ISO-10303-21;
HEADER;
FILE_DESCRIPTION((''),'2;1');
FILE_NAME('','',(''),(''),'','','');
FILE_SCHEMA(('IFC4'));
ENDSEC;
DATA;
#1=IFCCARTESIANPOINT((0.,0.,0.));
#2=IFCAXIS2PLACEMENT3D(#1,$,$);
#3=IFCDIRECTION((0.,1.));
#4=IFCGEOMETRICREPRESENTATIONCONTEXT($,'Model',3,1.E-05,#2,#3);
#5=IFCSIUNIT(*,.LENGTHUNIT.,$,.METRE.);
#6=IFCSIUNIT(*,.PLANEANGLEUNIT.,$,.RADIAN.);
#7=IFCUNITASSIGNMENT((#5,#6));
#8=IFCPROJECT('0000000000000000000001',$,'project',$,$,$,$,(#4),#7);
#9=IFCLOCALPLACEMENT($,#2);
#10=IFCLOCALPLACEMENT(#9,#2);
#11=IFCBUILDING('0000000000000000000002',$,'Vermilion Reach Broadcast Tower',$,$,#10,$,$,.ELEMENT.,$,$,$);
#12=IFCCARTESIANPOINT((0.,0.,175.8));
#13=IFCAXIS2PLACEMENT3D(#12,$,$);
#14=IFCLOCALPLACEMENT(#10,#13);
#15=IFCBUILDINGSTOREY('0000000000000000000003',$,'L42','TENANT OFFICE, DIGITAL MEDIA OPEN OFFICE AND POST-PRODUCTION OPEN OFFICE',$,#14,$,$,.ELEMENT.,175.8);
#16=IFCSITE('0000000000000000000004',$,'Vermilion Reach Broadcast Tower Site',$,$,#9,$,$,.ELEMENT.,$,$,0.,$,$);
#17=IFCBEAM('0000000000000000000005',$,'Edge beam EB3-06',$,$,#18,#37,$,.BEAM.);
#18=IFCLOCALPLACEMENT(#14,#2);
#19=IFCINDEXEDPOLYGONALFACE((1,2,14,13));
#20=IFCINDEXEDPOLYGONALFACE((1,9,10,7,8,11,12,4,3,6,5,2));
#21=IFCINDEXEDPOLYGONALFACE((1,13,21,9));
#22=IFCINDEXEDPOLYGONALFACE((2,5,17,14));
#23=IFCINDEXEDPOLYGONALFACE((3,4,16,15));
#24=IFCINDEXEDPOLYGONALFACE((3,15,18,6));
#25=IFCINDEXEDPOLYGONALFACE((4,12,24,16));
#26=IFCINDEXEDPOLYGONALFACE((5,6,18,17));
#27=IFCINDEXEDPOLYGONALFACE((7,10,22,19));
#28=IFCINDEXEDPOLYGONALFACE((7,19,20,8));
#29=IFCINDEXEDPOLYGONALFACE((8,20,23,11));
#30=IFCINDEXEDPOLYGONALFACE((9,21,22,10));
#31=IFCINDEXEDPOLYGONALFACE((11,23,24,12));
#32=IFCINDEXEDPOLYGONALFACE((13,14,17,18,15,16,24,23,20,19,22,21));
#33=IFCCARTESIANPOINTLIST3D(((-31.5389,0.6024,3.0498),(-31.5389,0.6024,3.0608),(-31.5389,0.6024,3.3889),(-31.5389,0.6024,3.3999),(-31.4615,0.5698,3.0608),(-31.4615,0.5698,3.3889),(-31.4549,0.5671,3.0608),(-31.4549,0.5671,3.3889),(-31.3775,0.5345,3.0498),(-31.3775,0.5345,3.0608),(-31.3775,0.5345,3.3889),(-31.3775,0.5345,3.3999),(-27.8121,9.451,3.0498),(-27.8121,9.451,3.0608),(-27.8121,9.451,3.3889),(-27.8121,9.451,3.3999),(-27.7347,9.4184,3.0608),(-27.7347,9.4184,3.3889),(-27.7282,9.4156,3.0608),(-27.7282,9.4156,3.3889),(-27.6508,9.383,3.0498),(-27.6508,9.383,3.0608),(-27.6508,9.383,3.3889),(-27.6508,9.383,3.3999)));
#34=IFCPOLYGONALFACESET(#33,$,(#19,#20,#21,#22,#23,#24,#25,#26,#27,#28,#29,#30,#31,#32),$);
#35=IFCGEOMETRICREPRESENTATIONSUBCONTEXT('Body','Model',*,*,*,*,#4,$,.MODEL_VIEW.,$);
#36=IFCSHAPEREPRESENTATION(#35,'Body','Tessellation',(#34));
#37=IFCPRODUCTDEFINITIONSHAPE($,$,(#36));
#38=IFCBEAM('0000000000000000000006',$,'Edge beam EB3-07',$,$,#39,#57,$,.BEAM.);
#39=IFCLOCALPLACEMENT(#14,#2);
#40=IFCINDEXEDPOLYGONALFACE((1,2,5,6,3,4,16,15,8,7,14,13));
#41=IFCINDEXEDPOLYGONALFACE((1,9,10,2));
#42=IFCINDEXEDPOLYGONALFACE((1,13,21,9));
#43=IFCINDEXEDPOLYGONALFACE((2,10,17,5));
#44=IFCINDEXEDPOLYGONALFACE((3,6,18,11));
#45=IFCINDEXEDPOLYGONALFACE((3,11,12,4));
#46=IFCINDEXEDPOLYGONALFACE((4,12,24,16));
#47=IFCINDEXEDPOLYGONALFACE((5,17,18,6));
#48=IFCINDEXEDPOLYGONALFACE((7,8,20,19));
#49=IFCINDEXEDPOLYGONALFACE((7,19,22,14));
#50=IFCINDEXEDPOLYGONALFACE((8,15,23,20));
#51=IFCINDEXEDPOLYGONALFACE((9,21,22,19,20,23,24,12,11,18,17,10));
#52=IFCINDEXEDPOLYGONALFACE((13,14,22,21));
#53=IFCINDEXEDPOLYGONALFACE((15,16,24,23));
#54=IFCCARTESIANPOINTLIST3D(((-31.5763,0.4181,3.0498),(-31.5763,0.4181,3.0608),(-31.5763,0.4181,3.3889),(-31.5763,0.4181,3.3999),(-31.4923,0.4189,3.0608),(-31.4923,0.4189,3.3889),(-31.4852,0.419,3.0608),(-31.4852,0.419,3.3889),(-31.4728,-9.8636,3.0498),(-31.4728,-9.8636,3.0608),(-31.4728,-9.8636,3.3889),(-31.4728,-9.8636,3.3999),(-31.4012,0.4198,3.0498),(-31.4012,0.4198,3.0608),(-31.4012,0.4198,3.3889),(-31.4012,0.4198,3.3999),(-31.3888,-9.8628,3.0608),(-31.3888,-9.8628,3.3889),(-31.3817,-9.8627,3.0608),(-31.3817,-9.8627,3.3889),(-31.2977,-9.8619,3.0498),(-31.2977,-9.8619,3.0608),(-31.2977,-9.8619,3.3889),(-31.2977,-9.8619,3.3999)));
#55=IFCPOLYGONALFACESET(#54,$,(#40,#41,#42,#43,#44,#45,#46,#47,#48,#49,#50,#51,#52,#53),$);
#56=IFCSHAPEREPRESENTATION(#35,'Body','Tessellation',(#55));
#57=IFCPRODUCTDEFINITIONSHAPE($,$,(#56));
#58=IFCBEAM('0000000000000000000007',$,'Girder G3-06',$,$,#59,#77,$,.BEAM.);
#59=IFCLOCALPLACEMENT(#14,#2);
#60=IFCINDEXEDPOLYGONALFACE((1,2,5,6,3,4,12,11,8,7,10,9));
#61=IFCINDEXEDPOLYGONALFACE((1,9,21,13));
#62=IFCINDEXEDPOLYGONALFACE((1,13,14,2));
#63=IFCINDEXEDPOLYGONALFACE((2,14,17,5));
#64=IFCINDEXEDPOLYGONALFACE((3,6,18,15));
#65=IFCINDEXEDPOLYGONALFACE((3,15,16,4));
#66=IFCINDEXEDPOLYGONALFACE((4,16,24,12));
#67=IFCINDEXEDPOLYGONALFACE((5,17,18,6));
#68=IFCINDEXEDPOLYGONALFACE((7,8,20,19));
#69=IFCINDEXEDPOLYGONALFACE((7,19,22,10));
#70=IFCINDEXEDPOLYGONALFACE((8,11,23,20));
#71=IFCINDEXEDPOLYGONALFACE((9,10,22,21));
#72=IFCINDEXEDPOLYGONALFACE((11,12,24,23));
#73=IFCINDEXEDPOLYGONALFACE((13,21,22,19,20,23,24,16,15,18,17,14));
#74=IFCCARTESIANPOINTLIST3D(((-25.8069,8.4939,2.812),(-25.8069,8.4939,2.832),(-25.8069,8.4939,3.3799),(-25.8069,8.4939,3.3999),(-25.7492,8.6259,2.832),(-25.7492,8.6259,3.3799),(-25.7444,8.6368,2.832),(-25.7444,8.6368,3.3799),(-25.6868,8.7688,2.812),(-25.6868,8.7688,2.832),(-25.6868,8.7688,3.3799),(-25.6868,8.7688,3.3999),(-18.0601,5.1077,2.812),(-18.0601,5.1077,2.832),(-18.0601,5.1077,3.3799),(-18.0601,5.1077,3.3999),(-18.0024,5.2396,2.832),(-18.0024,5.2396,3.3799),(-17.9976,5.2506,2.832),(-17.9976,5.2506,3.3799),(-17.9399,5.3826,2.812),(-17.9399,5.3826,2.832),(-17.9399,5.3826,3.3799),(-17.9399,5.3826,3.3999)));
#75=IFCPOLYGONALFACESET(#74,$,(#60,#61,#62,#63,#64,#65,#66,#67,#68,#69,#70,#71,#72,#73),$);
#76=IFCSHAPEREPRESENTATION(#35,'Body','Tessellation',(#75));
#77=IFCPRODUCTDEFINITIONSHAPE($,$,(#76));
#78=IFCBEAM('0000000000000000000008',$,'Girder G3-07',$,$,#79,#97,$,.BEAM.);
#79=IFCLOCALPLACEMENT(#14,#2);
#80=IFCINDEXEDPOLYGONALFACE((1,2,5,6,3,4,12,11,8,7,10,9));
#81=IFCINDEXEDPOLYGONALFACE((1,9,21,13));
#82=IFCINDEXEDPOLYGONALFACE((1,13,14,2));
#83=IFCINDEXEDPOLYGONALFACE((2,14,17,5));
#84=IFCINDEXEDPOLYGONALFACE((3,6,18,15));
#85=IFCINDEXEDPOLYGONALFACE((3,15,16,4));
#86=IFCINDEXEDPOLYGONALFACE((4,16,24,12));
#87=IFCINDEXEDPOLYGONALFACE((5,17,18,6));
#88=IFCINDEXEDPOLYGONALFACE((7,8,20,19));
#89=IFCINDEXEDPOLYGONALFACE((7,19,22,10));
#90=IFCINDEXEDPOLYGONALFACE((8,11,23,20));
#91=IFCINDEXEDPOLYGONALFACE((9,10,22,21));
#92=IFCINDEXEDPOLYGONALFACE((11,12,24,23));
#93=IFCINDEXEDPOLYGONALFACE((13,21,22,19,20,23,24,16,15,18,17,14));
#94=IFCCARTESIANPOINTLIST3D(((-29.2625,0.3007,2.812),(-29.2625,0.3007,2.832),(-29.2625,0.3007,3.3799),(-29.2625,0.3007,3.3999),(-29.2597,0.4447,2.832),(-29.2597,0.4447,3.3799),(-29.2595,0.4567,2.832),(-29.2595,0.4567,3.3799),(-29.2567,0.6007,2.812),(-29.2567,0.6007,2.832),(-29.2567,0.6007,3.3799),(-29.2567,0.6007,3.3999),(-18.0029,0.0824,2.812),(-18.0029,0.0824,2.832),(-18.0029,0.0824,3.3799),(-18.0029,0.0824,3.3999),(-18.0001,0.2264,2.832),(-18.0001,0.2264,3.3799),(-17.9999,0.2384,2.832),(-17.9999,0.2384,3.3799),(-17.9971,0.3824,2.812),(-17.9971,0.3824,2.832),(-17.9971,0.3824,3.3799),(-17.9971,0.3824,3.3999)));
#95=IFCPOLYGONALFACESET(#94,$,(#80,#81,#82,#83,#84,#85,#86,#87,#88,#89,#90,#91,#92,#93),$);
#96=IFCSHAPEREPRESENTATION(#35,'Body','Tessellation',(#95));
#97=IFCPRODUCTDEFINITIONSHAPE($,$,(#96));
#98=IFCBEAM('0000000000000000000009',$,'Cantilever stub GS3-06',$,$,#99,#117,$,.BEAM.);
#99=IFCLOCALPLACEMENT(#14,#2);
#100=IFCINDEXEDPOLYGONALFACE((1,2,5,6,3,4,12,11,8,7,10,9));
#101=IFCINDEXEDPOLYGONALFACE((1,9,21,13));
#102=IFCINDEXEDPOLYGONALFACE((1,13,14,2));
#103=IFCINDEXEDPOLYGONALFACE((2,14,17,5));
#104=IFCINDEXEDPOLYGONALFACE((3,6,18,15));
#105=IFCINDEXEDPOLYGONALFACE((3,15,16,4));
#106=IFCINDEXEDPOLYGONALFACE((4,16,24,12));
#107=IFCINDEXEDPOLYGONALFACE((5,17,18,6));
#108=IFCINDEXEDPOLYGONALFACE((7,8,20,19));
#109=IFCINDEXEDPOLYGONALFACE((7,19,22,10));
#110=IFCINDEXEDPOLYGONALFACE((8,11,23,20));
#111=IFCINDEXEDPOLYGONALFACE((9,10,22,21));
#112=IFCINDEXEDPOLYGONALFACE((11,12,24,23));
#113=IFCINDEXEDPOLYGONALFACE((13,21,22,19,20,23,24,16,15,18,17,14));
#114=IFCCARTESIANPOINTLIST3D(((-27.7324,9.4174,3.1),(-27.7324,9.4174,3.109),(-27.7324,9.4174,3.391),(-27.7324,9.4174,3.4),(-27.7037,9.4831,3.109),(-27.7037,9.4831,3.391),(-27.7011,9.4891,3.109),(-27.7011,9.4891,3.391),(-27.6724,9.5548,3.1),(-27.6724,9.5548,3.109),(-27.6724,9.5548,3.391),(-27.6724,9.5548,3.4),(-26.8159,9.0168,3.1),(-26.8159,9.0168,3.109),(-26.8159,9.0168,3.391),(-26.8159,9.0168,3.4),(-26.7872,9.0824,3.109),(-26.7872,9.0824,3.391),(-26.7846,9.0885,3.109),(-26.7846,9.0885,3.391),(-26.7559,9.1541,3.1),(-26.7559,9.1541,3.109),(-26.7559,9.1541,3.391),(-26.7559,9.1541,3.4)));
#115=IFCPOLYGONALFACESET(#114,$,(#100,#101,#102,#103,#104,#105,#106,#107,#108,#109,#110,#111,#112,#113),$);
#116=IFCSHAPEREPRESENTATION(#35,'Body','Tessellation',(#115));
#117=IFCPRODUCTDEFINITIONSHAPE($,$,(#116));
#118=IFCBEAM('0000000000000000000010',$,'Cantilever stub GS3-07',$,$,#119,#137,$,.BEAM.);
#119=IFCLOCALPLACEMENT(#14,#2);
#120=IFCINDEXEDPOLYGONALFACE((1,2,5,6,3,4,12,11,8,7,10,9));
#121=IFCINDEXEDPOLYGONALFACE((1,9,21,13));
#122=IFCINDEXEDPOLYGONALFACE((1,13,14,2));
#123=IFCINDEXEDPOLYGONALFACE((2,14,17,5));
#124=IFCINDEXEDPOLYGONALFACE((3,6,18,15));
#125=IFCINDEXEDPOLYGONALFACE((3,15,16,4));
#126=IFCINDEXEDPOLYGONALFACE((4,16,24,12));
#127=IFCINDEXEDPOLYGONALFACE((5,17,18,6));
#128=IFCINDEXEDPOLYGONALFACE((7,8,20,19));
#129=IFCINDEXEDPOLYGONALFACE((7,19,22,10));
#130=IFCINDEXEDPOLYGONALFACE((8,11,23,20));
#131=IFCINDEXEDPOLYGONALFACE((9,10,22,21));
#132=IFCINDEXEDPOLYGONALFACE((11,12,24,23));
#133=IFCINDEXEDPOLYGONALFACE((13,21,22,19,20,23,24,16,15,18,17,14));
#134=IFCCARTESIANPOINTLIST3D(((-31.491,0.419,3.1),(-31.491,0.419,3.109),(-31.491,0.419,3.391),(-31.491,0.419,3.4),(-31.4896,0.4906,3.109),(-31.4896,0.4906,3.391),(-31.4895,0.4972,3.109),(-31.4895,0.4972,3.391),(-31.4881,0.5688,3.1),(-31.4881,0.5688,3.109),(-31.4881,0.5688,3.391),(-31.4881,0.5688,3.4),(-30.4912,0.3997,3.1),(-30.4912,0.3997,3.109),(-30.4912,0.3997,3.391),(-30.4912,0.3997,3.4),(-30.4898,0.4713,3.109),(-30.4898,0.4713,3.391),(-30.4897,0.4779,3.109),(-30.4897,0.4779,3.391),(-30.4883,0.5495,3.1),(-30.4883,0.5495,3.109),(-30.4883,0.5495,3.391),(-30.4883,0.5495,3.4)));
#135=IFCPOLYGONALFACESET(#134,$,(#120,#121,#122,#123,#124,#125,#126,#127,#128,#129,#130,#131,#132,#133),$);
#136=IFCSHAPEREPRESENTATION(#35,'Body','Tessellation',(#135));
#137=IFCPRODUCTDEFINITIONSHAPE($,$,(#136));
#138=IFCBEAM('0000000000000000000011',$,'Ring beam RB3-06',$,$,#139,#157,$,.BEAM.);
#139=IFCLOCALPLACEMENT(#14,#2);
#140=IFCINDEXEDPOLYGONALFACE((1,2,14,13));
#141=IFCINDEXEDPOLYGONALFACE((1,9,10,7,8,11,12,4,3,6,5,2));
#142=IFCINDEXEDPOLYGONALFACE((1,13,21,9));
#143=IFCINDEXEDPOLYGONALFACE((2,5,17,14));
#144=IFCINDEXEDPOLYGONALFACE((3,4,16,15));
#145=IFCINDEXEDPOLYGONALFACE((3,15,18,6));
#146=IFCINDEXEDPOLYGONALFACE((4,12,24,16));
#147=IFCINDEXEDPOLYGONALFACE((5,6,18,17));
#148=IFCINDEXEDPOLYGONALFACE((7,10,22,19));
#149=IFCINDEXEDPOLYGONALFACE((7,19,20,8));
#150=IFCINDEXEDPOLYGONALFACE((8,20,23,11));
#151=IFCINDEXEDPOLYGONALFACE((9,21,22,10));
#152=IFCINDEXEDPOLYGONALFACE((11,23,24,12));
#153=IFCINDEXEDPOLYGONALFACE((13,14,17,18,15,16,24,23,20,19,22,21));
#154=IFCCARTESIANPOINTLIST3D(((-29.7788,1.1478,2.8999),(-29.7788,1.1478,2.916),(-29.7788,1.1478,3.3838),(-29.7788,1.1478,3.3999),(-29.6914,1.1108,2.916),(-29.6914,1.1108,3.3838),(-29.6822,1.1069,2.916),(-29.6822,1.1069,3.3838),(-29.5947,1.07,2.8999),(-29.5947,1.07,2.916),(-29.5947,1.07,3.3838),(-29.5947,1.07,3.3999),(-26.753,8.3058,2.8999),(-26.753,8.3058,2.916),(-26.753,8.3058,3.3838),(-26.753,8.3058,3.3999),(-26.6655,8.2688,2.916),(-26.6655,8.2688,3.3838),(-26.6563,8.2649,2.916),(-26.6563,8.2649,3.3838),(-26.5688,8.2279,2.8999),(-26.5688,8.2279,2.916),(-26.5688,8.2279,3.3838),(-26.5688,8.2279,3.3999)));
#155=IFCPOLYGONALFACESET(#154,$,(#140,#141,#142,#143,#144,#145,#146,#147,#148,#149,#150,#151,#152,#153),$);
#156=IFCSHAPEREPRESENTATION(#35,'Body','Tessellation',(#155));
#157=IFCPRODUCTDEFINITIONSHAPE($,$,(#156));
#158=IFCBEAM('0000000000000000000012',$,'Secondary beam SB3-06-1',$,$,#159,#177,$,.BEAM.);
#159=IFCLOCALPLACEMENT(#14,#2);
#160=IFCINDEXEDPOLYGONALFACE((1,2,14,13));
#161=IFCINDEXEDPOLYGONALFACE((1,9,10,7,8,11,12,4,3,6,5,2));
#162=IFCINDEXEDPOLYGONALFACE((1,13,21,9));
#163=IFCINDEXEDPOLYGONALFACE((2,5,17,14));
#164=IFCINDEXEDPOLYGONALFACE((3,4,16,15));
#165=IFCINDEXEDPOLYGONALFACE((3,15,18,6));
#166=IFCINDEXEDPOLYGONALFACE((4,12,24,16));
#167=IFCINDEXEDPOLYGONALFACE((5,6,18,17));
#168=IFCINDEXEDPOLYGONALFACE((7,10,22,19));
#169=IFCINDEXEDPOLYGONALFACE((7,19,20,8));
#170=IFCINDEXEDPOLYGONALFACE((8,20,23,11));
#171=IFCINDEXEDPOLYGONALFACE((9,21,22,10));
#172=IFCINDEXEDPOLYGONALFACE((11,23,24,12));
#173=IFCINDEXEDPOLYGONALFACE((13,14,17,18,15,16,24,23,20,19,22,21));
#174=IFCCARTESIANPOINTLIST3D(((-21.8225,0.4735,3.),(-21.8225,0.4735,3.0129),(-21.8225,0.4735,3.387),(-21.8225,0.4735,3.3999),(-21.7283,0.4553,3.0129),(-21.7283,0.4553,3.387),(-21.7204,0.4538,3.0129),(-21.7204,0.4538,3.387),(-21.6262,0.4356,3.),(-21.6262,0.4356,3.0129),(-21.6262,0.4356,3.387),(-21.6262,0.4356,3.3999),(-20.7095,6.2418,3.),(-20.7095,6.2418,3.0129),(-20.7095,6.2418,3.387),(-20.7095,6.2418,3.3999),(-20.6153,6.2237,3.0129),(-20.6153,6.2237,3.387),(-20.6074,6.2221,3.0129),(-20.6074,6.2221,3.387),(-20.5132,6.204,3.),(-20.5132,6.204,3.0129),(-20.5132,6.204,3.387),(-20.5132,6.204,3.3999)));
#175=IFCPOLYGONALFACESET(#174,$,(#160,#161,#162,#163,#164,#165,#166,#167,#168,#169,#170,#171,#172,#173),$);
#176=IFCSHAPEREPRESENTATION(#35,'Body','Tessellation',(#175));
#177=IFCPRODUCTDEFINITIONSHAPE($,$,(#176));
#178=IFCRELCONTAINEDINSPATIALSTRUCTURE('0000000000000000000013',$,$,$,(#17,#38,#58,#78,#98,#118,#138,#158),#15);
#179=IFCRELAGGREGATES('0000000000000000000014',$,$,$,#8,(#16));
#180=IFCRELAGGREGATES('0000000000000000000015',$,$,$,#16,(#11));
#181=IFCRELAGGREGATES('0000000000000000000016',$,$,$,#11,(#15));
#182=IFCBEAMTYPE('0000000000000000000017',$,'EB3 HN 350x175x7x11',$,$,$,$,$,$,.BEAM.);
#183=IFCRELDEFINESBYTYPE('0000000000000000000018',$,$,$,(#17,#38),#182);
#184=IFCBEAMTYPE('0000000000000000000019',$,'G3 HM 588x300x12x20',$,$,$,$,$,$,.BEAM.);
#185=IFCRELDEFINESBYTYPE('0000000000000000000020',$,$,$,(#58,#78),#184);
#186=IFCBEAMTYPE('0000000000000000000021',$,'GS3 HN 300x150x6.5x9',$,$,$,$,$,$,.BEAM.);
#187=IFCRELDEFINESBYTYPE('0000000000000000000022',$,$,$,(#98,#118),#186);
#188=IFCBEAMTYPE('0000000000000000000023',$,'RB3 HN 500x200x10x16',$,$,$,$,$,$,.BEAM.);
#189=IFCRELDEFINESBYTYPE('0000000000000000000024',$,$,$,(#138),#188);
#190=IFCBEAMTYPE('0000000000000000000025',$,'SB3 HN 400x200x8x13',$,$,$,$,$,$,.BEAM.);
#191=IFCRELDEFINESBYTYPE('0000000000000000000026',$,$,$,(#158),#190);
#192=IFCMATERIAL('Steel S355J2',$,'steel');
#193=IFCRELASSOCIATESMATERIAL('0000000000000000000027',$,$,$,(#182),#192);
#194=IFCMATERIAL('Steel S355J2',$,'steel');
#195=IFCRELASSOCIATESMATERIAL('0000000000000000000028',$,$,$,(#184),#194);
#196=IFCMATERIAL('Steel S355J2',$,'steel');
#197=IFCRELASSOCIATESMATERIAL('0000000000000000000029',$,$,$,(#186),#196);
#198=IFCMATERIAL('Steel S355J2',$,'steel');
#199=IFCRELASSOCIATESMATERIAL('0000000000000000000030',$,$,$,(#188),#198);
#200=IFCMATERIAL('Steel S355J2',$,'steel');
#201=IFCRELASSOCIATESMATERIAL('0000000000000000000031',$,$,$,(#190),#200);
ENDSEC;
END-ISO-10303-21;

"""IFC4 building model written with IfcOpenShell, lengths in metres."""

from ifc_helpers import new_model, si_unit, direction, frame, origin, origin_2d, place, context, subcontext, project, spatial, i_section, extrude, material, material_profile, profile_set, type_object, element, save


model = new_model("IFC4")

# Units and contexts
model_context = context("Model", 3, precision=1e-05, world=origin(), true_north=direction((0.0, 1.0)))
body_context = subcontext(model_context, "Body", "Model", "MODEL_VIEW")
ifc_project = project(units=[si_unit("LENGTHUNIT", "METRE"), si_unit("PLANEANGLEUNIT", "RADIAN")], contexts=[model_context])

# Site, building, storey
site_placement = place(None, origin())
site = spatial("IfcSite", under=ifc_project, at=site_placement, Name="Vermilion Reach Broadcast Tower Site", CompositionType="ELEMENT", RefElevation=0.0)
building_placement = place(site_placement, origin())
building = spatial("IfcBuilding", under=site, at=building_placement, Name="Vermilion Reach Broadcast Tower", CompositionType="ELEMENT")
storey_placement = place(building_placement, frame((0.0, 0.0, 175.8)))
storey = spatial("IfcBuildingStorey", under=building, at=storey_placement, Name="L42", Description="TENANT OFFICE, DIGITAL MEDIA OPEN OFFICE AND POST-PRODUCTION OPEN OFFICE", CompositionType="ELEMENT", Elevation=175.8)

# Beams
ifc_material_1 = material(Name="Steel S355J2", Category="steel")
ifc_material_profile_1 = material_profile(ifc_material_1, i_section(OverallWidth=0.175, OverallDepth=0.3501, WebThickness=0.0071, FlangeThickness=0.011, at=origin_2d()), Name="S355J2 HN 350x175x7x11")
ifc_profile_set_1 = profile_set([ifc_material_profile_1], Name="Steel S355J2")
beam_type_1 = type_object("IfcBeamType", Name="EB3 HN 350x175x7x11", PredefinedType="BEAM", material=ifc_profile_set_1)
beam_1_placement = place(storey_placement, frame((-27.7314, 9.417, 3.2249), z_axis=(-0.388151, -0.921596, 0.0), x_axis=(0.921596, -0.388151, 0.0)))
element("IfcBeam", 1, at=beam_1_placement, inside=storey, type_object=beam_type_1, Name="Edge beam EB3-06", PredefinedType="BEAM", context=body_context, shape_type="SweptSolid", body=[
    extrude(i_section(OverallWidth=0.175, OverallDepth=0.3501, WebThickness=0.0071, FlangeThickness=0.011, at=origin_2d()), origin(), (0.0, 0.0, 1.0), 9.6013),
])
beam_2_placement = place(storey_placement, frame((-31.4888, 0.4189, 3.2249), z_axis=(0.010067, -0.999949, 0.0), x_axis=(0.999949, 0.010067, 0.0)))
element("IfcBeam", 2, at=beam_2_placement, inside=storey, type_object=beam_type_1, Name="Edge beam EB3-07", PredefinedType="BEAM", context=body_context, shape_type="SweptSolid", body=[
    extrude(i_section(OverallWidth=0.175, OverallDepth=0.3501, WebThickness=0.0071, FlangeThickness=0.011, at=origin_2d()), origin(), (0.0, 0.0, 1.0), 10.2822),
])
ifc_material_2 = material(Name="Steel S355J2", Category="steel")
ifc_material_profile_2 = material_profile(ifc_material_2, i_section(OverallWidth=0.3, OverallDepth=0.5879, WebThickness=0.012, FlangeThickness=0.02, at=origin_2d()), Name="S355J2 HM 588x300x12x20")
ifc_profile_set_2 = profile_set([ifc_material_profile_2], Name="Steel S355J2")
beam_type_2 = type_object("IfcBeamType", Name="G3 HM 588x300x12x20", PredefinedType="BEAM", material=ifc_profile_set_2)
beam_3_placement = place(storey_placement, frame((-18.0, 5.2451, 3.106), z_axis=(-0.916288, 0.40052, 0.0), x_axis=(-0.40052, -0.916288, 0.0)))
element("IfcBeam", 3, at=beam_3_placement, inside=storey, type_object=beam_type_2, Name="Girder G3-06", PredefinedType="BEAM", context=body_context, shape_type="SweptSolid", body=[
    extrude(i_section(OverallWidth=0.3, OverallDepth=0.5879, WebThickness=0.012, FlangeThickness=0.02, at=origin_2d()), origin(), (0.0, 0.0, 1.0), 8.4546),
])
beam_4_placement = place(storey_placement, frame((-18.0, 0.2324, 3.106), z_axis=(-0.999812, 0.019381, 0.0), x_axis=(-0.019381, -0.999812, 0.0)))
element("IfcBeam", 4, at=beam_4_placement, inside=storey, type_object=beam_type_2, Name="Girder G3-07", PredefinedType="BEAM", context=body_context, shape_type="SweptSolid", body=[
    extrude(i_section(OverallWidth=0.3, OverallDepth=0.5879, WebThickness=0.012, FlangeThickness=0.02, at=origin_2d()), origin(), (0.0, 0.0, 1.0), 11.2617),
])
ifc_material_3 = material(Name="Steel S355J2", Category="steel")
ifc_material_profile_3 = material_profile(ifc_material_3, i_section(OverallWidth=0.1499, OverallDepth=0.3, WebThickness=0.0066, FlangeThickness=0.009, at=origin_2d()), Name="S355J2 HN 300x150x6.5x9")
ifc_profile_set_3 = profile_set([ifc_material_profile_3], Name="Steel S355J2")
beam_type_3 = type_object("IfcBeamType", Name="GS3 HN 300x150x6.5x9", PredefinedType="BEAM", material=ifc_profile_set_3)
beam_5_placement = place(storey_placement, frame((-26.7859, 9.0854, 3.25), z_axis=(-0.916281, 0.400537, 0.0), x_axis=(-0.400537, -0.916281, 0.0)))
element("IfcBeam", 5, at=beam_5_placement, inside=storey, type_object=beam_type_3, Name="Cantilever stub GS3-06", PredefinedType="BEAM", context=body_context, shape_type="SweptSolid", body=[
    extrude(i_section(OverallWidth=0.1499, OverallDepth=0.3, WebThickness=0.0066, FlangeThickness=0.009, at=origin_2d()), origin(), (0.0, 0.0, 1.0), 1.0002),
])
beam_6_placement = place(storey_placement, frame((-30.4897, 0.4746, 3.25), z_axis=(-0.999814, 0.019288, 0.0), x_axis=(-0.019288, -0.999814, 0.0)))
element("IfcBeam", 6, at=beam_6_placement, inside=storey, type_object=beam_type_3, Name="Cantilever stub GS3-07", PredefinedType="BEAM", context=body_context, shape_type="SweptSolid", body=[
    extrude(i_section(OverallWidth=0.1499, OverallDepth=0.3, WebThickness=0.0066, FlangeThickness=0.009, at=origin_2d()), origin(), (0.0, 0.0, 1.0), 1.0),
])
ifc_material_4 = material(Name="Steel S355J2", Category="steel")
ifc_material_profile_4 = material_profile(ifc_material_4, i_section(OverallWidth=0.2, OverallDepth=0.5, WebThickness=0.01, FlangeThickness=0.0161, at=origin_2d()), Name="S355J2 HN 500x200x10x16")
ifc_profile_set_4 = profile_set([ifc_material_profile_4], Name="Steel S355J2")
beam_type_4 = type_object("IfcBeamType", Name="RB3 HN 500x200x10x16", PredefinedType="BEAM", material=ifc_profile_set_4)
beam_7_placement = place(storey_placement, frame((-26.6609, 8.2668, 3.1499), z_axis=(-0.389368, -0.921082, 0.0), x_axis=(0.921082, -0.389368, 0.0)))
element("IfcBeam", 7, at=beam_7_placement, inside=storey, type_object=beam_type_4, Name="Ring beam RB3-06", PredefinedType="BEAM", context=body_context, shape_type="SweptSolid", body=[
    extrude(i_section(OverallWidth=0.2, OverallDepth=0.5, WebThickness=0.01, FlangeThickness=0.0161, at=origin_2d()), origin(), (0.0, 0.0, 1.0), 7.7712),
])
ifc_material_5 = material(Name="Steel S355J2", Category="steel")
ifc_material_profile_5 = material_profile(ifc_material_5, i_section(OverallWidth=0.2, OverallDepth=0.3999, WebThickness=0.0081, FlangeThickness=0.0129, at=origin_2d()), Name="S355J2 HN 400x200x8x13")
ifc_profile_set_5 = profile_set([ifc_material_profile_5], Name="Steel S355J2")
beam_type_5 = type_object("IfcBeamType", Name="SB3 HN 400x200x8x13", PredefinedType="BEAM", material=ifc_profile_set_5)
beam_8_placement = place(storey_placement, frame((-20.6113, 6.2229, 3.2), z_axis=(-0.189462, -0.981888, 0.0), x_axis=(0.981888, -0.189462, 0.0)))
element("IfcBeam", 8, at=beam_8_placement, inside=storey, type_object=beam_type_5, Name="Secondary beam SB3-06-1", PredefinedType="BEAM", context=body_context, shape_type="SweptSolid", body=[
    extrude(i_section(OverallWidth=0.2, OverallDepth=0.3999, WebThickness=0.0081, FlangeThickness=0.0129, at=origin_2d()), origin(), (0.0, 0.0, 1.0), 5.8748),
])

save(model, "model.ifc")
